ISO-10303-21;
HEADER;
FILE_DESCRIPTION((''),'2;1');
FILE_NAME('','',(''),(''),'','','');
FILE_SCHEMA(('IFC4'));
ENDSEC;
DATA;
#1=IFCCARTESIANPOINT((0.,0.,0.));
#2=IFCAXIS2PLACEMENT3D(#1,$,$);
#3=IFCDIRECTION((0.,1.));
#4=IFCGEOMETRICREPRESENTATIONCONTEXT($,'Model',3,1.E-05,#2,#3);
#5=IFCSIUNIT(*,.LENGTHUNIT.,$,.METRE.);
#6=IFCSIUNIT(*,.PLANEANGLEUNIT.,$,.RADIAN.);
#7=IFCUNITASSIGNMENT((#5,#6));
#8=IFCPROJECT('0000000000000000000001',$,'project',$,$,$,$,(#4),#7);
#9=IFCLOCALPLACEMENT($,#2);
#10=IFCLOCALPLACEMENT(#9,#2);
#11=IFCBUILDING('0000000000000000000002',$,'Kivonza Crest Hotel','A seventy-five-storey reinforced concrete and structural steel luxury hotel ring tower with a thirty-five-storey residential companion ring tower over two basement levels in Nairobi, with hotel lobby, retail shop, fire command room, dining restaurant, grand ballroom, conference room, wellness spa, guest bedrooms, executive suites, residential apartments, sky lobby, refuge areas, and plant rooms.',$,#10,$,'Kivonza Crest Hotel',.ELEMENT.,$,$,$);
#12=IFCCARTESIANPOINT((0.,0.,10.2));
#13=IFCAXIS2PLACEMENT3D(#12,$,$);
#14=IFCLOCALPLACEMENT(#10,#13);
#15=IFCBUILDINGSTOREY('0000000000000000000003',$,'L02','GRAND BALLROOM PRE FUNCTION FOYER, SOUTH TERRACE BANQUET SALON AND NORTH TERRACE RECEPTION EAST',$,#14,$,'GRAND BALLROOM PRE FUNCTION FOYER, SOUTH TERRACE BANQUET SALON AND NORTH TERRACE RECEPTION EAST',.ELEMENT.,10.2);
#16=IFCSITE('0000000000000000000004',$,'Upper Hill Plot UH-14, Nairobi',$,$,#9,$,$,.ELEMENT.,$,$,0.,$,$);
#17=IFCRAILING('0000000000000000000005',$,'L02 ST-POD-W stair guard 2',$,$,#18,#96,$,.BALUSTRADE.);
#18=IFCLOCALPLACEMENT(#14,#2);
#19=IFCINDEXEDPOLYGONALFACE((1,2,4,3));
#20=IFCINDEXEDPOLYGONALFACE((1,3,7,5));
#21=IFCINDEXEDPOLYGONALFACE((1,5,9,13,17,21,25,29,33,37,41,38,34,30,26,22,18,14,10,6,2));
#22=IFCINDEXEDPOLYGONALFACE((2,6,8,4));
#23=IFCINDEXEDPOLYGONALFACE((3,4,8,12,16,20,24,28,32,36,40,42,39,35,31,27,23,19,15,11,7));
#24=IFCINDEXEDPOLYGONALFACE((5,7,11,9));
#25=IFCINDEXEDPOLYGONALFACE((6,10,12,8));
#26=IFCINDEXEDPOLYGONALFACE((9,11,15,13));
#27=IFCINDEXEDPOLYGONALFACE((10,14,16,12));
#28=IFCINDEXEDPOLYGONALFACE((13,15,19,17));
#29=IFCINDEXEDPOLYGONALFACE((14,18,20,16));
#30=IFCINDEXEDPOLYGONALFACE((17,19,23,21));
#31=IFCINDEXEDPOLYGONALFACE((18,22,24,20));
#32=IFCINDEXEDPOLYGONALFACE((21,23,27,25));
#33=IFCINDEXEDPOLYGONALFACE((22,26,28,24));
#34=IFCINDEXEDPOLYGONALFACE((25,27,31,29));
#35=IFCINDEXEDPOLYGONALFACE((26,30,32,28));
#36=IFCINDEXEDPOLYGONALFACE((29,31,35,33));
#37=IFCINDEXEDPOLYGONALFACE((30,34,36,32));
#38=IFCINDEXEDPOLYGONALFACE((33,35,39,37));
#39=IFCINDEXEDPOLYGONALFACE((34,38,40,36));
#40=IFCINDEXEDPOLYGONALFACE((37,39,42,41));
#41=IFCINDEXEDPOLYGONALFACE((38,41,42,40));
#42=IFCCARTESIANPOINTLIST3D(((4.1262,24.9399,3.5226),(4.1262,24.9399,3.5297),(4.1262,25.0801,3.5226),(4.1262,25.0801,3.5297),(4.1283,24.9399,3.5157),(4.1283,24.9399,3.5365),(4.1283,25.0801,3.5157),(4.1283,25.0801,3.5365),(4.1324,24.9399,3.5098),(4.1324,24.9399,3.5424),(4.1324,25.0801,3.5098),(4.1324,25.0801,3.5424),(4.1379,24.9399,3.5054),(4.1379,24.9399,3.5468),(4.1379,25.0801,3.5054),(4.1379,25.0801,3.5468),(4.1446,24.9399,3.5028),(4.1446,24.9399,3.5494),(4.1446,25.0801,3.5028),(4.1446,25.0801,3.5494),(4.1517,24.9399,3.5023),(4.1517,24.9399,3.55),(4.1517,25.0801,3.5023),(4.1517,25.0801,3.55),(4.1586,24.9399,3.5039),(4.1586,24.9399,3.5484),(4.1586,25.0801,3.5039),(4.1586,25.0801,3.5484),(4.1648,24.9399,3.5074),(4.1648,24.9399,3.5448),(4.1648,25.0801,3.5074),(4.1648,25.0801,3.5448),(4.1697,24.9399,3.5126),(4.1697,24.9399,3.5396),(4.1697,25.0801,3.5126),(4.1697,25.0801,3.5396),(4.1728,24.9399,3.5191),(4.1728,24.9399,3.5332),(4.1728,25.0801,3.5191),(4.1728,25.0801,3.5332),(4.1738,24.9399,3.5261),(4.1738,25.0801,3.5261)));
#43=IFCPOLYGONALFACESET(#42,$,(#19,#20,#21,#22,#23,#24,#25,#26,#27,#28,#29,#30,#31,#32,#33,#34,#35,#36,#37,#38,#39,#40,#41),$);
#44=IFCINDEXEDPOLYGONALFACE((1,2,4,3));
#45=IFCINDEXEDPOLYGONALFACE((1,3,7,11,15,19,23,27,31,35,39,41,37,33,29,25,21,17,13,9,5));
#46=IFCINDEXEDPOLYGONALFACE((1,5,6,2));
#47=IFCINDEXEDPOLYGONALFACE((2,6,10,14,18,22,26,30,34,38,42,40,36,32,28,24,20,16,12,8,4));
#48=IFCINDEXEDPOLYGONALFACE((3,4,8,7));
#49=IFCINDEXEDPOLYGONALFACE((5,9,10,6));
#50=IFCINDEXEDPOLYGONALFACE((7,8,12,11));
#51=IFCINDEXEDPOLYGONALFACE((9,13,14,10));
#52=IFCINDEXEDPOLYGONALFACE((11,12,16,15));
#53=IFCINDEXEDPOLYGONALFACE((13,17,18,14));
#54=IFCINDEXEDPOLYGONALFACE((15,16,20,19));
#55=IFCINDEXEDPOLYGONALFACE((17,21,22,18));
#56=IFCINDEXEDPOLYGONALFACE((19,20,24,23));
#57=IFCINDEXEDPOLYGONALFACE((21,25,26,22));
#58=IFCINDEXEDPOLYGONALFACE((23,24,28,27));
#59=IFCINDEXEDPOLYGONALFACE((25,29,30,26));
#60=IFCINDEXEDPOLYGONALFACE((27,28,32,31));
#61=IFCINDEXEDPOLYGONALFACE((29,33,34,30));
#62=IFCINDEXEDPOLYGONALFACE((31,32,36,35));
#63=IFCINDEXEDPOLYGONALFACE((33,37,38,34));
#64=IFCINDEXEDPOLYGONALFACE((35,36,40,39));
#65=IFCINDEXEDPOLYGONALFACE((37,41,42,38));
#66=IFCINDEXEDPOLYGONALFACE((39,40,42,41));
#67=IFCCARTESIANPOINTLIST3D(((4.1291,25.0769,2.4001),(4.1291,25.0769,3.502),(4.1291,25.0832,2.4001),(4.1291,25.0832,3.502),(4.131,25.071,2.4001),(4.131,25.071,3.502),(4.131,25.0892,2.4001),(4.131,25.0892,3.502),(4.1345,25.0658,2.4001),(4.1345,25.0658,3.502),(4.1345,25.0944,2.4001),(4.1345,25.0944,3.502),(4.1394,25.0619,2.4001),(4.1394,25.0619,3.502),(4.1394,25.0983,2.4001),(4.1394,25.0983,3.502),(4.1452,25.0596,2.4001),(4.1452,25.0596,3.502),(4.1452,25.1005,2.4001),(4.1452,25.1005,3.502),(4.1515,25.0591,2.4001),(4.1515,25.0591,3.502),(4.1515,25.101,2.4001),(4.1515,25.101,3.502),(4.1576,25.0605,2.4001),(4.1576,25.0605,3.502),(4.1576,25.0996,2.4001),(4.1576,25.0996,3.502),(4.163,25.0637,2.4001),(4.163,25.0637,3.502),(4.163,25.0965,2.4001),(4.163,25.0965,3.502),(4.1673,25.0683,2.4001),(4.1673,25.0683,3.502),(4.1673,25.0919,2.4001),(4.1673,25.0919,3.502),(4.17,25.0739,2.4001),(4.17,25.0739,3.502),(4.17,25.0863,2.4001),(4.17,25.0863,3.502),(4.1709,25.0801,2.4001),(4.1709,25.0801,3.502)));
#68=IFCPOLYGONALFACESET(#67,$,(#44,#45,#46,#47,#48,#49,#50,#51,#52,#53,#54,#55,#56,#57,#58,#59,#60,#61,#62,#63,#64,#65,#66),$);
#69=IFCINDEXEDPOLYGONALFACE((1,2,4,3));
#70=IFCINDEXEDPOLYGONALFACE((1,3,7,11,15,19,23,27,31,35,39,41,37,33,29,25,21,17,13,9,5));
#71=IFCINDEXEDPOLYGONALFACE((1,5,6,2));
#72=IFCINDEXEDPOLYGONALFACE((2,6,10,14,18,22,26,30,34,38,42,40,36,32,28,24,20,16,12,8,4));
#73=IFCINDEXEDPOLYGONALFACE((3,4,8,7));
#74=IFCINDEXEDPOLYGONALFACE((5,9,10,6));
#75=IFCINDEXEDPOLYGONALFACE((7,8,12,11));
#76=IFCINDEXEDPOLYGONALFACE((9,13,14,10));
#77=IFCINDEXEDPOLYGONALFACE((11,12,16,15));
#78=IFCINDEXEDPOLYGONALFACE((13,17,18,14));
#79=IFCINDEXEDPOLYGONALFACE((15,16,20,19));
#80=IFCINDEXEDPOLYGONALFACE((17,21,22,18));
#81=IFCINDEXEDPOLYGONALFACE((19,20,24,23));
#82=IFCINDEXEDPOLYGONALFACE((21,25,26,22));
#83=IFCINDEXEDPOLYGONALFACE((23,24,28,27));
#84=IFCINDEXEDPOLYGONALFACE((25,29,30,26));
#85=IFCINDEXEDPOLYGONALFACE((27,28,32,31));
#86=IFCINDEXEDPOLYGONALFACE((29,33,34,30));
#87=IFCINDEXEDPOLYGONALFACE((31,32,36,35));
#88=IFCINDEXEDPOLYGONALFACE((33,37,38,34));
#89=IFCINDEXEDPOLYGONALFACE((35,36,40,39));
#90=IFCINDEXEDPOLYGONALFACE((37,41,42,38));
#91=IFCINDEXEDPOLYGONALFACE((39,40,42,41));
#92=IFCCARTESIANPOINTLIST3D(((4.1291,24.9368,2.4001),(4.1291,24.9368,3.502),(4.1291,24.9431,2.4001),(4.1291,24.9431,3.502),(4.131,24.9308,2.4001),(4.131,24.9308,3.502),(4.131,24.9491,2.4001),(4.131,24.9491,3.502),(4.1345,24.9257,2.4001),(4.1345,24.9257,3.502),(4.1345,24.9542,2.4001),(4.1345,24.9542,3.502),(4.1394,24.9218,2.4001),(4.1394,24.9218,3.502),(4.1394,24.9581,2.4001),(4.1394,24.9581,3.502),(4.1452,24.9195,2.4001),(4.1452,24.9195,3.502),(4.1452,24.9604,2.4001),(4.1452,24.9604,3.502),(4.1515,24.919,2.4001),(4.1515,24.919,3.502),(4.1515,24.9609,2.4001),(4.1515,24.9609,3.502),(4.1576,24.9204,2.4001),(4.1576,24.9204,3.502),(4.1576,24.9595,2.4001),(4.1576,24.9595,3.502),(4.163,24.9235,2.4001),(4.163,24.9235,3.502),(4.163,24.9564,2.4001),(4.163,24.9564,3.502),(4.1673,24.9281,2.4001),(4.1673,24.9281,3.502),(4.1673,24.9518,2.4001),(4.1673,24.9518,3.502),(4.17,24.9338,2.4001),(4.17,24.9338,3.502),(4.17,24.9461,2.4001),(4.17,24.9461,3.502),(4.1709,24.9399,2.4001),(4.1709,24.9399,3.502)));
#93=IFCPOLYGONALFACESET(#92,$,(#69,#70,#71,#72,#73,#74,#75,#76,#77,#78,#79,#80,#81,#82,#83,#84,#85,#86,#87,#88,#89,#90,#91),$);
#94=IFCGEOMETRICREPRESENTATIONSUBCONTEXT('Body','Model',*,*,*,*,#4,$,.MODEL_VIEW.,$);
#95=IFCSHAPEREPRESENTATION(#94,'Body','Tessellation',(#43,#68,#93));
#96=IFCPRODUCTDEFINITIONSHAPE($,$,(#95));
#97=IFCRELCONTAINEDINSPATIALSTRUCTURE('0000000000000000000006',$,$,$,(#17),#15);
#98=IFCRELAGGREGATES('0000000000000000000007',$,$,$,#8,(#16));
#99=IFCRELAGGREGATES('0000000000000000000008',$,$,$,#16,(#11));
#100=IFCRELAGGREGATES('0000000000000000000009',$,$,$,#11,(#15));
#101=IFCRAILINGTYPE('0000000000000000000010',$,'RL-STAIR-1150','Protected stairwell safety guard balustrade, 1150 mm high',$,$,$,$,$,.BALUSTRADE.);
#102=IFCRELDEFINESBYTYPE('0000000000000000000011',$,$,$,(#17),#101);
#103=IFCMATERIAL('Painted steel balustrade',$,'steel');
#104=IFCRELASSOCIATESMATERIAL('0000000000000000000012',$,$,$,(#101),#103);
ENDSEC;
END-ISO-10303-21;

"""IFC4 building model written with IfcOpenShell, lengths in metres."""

from ifc_helpers import new_model, si_unit, direction, frame, origin, origin_2d, place, context, subcontext, project, spatial, circle, extrude, material, type_object, element, save


model = new_model("IFC4")

# Units and contexts
model_context = context("Model", 3, precision=1e-05, world=origin(), true_north=direction((0.0, 1.0)))
body_context = subcontext(model_context, "Body", "Model", "MODEL_VIEW")
ifc_project = project(units=[si_unit("LENGTHUNIT", "METRE"), si_unit("PLANEANGLEUNIT", "RADIAN")], contexts=[model_context])

# Site, building, storey
site_placement = place(None, origin())
site = spatial("IfcSite", under=ifc_project, at=site_placement, Name="Upper Hill Plot UH-14, Nairobi", CompositionType="ELEMENT", RefElevation=0.0)
building_placement = place(site_placement, origin())
building = spatial("IfcBuilding", under=site, at=building_placement, Name="Kivonza Crest Hotel", Description="A seventy-five-storey reinforced concrete and structural steel luxury hotel ring tower with a thirty-five-storey residential companion ring tower over two basement levels in Nairobi, with hotel lobby, retail shop, fire command room, dining restaurant, grand ballroom, conference room, wellness spa, guest bedrooms, executive suites, residential apartments, sky lobby, refuge areas, and plant rooms.", LongName="Kivonza Crest Hotel", CompositionType="ELEMENT")
storey_placement = place(building_placement, frame((0.0, 0.0, 10.2)))
storey = spatial("IfcBuildingStorey", under=building, at=storey_placement, Name="L02", Description="GRAND BALLROOM PRE FUNCTION FOYER, SOUTH TERRACE BANQUET SALON AND NORTH TERRACE RECEPTION EAST", LongName="GRAND BALLROOM PRE FUNCTION FOYER, SOUTH TERRACE BANQUET SALON AND NORTH TERRACE RECEPTION EAST", CompositionType="ELEMENT", Elevation=10.2)

# Railing
ifc_material_1 = material(Name="Painted steel balustrade", Category="steel")
railing_type = type_object("IfcRailingType", Name="RL-STAIR-1150", Description="Protected stairwell safety guard balustrade, 1150 mm high", PredefinedType="BALUSTRADE", material=ifc_material_1)
railing_1_placement = place(storey_placement, frame((4.1499, 25.0801, 2.4001)))
element("IfcRailing", 1, at=railing_1_placement, inside=storey, type_object=railing_type, Name="L02 ST-POD-W stair guard 2", PredefinedType="BALUSTRADE", context=body_context, shape_type="SweptSolid", body=[
    extrude(circle(Radius=0.0239, at=origin_2d()), frame((0.0, 0.0, 1.126), z_axis=(0.0, -1.0, 0.0), x_axis=(1.0, 0.0, 0.0)), (0.0, 0.0, 1.0), 0.1401),
    extrude(circle(Radius=0.021, at=origin_2d()), origin(), (0.0, 0.0, 1.0), 1.1018),
    extrude(circle(Radius=0.021, at=origin_2d()), frame((0.0, -0.1401, 0.0)), (0.0, 0.0, 1.0), 1.1018),
])

save(model, "model.ifc")
